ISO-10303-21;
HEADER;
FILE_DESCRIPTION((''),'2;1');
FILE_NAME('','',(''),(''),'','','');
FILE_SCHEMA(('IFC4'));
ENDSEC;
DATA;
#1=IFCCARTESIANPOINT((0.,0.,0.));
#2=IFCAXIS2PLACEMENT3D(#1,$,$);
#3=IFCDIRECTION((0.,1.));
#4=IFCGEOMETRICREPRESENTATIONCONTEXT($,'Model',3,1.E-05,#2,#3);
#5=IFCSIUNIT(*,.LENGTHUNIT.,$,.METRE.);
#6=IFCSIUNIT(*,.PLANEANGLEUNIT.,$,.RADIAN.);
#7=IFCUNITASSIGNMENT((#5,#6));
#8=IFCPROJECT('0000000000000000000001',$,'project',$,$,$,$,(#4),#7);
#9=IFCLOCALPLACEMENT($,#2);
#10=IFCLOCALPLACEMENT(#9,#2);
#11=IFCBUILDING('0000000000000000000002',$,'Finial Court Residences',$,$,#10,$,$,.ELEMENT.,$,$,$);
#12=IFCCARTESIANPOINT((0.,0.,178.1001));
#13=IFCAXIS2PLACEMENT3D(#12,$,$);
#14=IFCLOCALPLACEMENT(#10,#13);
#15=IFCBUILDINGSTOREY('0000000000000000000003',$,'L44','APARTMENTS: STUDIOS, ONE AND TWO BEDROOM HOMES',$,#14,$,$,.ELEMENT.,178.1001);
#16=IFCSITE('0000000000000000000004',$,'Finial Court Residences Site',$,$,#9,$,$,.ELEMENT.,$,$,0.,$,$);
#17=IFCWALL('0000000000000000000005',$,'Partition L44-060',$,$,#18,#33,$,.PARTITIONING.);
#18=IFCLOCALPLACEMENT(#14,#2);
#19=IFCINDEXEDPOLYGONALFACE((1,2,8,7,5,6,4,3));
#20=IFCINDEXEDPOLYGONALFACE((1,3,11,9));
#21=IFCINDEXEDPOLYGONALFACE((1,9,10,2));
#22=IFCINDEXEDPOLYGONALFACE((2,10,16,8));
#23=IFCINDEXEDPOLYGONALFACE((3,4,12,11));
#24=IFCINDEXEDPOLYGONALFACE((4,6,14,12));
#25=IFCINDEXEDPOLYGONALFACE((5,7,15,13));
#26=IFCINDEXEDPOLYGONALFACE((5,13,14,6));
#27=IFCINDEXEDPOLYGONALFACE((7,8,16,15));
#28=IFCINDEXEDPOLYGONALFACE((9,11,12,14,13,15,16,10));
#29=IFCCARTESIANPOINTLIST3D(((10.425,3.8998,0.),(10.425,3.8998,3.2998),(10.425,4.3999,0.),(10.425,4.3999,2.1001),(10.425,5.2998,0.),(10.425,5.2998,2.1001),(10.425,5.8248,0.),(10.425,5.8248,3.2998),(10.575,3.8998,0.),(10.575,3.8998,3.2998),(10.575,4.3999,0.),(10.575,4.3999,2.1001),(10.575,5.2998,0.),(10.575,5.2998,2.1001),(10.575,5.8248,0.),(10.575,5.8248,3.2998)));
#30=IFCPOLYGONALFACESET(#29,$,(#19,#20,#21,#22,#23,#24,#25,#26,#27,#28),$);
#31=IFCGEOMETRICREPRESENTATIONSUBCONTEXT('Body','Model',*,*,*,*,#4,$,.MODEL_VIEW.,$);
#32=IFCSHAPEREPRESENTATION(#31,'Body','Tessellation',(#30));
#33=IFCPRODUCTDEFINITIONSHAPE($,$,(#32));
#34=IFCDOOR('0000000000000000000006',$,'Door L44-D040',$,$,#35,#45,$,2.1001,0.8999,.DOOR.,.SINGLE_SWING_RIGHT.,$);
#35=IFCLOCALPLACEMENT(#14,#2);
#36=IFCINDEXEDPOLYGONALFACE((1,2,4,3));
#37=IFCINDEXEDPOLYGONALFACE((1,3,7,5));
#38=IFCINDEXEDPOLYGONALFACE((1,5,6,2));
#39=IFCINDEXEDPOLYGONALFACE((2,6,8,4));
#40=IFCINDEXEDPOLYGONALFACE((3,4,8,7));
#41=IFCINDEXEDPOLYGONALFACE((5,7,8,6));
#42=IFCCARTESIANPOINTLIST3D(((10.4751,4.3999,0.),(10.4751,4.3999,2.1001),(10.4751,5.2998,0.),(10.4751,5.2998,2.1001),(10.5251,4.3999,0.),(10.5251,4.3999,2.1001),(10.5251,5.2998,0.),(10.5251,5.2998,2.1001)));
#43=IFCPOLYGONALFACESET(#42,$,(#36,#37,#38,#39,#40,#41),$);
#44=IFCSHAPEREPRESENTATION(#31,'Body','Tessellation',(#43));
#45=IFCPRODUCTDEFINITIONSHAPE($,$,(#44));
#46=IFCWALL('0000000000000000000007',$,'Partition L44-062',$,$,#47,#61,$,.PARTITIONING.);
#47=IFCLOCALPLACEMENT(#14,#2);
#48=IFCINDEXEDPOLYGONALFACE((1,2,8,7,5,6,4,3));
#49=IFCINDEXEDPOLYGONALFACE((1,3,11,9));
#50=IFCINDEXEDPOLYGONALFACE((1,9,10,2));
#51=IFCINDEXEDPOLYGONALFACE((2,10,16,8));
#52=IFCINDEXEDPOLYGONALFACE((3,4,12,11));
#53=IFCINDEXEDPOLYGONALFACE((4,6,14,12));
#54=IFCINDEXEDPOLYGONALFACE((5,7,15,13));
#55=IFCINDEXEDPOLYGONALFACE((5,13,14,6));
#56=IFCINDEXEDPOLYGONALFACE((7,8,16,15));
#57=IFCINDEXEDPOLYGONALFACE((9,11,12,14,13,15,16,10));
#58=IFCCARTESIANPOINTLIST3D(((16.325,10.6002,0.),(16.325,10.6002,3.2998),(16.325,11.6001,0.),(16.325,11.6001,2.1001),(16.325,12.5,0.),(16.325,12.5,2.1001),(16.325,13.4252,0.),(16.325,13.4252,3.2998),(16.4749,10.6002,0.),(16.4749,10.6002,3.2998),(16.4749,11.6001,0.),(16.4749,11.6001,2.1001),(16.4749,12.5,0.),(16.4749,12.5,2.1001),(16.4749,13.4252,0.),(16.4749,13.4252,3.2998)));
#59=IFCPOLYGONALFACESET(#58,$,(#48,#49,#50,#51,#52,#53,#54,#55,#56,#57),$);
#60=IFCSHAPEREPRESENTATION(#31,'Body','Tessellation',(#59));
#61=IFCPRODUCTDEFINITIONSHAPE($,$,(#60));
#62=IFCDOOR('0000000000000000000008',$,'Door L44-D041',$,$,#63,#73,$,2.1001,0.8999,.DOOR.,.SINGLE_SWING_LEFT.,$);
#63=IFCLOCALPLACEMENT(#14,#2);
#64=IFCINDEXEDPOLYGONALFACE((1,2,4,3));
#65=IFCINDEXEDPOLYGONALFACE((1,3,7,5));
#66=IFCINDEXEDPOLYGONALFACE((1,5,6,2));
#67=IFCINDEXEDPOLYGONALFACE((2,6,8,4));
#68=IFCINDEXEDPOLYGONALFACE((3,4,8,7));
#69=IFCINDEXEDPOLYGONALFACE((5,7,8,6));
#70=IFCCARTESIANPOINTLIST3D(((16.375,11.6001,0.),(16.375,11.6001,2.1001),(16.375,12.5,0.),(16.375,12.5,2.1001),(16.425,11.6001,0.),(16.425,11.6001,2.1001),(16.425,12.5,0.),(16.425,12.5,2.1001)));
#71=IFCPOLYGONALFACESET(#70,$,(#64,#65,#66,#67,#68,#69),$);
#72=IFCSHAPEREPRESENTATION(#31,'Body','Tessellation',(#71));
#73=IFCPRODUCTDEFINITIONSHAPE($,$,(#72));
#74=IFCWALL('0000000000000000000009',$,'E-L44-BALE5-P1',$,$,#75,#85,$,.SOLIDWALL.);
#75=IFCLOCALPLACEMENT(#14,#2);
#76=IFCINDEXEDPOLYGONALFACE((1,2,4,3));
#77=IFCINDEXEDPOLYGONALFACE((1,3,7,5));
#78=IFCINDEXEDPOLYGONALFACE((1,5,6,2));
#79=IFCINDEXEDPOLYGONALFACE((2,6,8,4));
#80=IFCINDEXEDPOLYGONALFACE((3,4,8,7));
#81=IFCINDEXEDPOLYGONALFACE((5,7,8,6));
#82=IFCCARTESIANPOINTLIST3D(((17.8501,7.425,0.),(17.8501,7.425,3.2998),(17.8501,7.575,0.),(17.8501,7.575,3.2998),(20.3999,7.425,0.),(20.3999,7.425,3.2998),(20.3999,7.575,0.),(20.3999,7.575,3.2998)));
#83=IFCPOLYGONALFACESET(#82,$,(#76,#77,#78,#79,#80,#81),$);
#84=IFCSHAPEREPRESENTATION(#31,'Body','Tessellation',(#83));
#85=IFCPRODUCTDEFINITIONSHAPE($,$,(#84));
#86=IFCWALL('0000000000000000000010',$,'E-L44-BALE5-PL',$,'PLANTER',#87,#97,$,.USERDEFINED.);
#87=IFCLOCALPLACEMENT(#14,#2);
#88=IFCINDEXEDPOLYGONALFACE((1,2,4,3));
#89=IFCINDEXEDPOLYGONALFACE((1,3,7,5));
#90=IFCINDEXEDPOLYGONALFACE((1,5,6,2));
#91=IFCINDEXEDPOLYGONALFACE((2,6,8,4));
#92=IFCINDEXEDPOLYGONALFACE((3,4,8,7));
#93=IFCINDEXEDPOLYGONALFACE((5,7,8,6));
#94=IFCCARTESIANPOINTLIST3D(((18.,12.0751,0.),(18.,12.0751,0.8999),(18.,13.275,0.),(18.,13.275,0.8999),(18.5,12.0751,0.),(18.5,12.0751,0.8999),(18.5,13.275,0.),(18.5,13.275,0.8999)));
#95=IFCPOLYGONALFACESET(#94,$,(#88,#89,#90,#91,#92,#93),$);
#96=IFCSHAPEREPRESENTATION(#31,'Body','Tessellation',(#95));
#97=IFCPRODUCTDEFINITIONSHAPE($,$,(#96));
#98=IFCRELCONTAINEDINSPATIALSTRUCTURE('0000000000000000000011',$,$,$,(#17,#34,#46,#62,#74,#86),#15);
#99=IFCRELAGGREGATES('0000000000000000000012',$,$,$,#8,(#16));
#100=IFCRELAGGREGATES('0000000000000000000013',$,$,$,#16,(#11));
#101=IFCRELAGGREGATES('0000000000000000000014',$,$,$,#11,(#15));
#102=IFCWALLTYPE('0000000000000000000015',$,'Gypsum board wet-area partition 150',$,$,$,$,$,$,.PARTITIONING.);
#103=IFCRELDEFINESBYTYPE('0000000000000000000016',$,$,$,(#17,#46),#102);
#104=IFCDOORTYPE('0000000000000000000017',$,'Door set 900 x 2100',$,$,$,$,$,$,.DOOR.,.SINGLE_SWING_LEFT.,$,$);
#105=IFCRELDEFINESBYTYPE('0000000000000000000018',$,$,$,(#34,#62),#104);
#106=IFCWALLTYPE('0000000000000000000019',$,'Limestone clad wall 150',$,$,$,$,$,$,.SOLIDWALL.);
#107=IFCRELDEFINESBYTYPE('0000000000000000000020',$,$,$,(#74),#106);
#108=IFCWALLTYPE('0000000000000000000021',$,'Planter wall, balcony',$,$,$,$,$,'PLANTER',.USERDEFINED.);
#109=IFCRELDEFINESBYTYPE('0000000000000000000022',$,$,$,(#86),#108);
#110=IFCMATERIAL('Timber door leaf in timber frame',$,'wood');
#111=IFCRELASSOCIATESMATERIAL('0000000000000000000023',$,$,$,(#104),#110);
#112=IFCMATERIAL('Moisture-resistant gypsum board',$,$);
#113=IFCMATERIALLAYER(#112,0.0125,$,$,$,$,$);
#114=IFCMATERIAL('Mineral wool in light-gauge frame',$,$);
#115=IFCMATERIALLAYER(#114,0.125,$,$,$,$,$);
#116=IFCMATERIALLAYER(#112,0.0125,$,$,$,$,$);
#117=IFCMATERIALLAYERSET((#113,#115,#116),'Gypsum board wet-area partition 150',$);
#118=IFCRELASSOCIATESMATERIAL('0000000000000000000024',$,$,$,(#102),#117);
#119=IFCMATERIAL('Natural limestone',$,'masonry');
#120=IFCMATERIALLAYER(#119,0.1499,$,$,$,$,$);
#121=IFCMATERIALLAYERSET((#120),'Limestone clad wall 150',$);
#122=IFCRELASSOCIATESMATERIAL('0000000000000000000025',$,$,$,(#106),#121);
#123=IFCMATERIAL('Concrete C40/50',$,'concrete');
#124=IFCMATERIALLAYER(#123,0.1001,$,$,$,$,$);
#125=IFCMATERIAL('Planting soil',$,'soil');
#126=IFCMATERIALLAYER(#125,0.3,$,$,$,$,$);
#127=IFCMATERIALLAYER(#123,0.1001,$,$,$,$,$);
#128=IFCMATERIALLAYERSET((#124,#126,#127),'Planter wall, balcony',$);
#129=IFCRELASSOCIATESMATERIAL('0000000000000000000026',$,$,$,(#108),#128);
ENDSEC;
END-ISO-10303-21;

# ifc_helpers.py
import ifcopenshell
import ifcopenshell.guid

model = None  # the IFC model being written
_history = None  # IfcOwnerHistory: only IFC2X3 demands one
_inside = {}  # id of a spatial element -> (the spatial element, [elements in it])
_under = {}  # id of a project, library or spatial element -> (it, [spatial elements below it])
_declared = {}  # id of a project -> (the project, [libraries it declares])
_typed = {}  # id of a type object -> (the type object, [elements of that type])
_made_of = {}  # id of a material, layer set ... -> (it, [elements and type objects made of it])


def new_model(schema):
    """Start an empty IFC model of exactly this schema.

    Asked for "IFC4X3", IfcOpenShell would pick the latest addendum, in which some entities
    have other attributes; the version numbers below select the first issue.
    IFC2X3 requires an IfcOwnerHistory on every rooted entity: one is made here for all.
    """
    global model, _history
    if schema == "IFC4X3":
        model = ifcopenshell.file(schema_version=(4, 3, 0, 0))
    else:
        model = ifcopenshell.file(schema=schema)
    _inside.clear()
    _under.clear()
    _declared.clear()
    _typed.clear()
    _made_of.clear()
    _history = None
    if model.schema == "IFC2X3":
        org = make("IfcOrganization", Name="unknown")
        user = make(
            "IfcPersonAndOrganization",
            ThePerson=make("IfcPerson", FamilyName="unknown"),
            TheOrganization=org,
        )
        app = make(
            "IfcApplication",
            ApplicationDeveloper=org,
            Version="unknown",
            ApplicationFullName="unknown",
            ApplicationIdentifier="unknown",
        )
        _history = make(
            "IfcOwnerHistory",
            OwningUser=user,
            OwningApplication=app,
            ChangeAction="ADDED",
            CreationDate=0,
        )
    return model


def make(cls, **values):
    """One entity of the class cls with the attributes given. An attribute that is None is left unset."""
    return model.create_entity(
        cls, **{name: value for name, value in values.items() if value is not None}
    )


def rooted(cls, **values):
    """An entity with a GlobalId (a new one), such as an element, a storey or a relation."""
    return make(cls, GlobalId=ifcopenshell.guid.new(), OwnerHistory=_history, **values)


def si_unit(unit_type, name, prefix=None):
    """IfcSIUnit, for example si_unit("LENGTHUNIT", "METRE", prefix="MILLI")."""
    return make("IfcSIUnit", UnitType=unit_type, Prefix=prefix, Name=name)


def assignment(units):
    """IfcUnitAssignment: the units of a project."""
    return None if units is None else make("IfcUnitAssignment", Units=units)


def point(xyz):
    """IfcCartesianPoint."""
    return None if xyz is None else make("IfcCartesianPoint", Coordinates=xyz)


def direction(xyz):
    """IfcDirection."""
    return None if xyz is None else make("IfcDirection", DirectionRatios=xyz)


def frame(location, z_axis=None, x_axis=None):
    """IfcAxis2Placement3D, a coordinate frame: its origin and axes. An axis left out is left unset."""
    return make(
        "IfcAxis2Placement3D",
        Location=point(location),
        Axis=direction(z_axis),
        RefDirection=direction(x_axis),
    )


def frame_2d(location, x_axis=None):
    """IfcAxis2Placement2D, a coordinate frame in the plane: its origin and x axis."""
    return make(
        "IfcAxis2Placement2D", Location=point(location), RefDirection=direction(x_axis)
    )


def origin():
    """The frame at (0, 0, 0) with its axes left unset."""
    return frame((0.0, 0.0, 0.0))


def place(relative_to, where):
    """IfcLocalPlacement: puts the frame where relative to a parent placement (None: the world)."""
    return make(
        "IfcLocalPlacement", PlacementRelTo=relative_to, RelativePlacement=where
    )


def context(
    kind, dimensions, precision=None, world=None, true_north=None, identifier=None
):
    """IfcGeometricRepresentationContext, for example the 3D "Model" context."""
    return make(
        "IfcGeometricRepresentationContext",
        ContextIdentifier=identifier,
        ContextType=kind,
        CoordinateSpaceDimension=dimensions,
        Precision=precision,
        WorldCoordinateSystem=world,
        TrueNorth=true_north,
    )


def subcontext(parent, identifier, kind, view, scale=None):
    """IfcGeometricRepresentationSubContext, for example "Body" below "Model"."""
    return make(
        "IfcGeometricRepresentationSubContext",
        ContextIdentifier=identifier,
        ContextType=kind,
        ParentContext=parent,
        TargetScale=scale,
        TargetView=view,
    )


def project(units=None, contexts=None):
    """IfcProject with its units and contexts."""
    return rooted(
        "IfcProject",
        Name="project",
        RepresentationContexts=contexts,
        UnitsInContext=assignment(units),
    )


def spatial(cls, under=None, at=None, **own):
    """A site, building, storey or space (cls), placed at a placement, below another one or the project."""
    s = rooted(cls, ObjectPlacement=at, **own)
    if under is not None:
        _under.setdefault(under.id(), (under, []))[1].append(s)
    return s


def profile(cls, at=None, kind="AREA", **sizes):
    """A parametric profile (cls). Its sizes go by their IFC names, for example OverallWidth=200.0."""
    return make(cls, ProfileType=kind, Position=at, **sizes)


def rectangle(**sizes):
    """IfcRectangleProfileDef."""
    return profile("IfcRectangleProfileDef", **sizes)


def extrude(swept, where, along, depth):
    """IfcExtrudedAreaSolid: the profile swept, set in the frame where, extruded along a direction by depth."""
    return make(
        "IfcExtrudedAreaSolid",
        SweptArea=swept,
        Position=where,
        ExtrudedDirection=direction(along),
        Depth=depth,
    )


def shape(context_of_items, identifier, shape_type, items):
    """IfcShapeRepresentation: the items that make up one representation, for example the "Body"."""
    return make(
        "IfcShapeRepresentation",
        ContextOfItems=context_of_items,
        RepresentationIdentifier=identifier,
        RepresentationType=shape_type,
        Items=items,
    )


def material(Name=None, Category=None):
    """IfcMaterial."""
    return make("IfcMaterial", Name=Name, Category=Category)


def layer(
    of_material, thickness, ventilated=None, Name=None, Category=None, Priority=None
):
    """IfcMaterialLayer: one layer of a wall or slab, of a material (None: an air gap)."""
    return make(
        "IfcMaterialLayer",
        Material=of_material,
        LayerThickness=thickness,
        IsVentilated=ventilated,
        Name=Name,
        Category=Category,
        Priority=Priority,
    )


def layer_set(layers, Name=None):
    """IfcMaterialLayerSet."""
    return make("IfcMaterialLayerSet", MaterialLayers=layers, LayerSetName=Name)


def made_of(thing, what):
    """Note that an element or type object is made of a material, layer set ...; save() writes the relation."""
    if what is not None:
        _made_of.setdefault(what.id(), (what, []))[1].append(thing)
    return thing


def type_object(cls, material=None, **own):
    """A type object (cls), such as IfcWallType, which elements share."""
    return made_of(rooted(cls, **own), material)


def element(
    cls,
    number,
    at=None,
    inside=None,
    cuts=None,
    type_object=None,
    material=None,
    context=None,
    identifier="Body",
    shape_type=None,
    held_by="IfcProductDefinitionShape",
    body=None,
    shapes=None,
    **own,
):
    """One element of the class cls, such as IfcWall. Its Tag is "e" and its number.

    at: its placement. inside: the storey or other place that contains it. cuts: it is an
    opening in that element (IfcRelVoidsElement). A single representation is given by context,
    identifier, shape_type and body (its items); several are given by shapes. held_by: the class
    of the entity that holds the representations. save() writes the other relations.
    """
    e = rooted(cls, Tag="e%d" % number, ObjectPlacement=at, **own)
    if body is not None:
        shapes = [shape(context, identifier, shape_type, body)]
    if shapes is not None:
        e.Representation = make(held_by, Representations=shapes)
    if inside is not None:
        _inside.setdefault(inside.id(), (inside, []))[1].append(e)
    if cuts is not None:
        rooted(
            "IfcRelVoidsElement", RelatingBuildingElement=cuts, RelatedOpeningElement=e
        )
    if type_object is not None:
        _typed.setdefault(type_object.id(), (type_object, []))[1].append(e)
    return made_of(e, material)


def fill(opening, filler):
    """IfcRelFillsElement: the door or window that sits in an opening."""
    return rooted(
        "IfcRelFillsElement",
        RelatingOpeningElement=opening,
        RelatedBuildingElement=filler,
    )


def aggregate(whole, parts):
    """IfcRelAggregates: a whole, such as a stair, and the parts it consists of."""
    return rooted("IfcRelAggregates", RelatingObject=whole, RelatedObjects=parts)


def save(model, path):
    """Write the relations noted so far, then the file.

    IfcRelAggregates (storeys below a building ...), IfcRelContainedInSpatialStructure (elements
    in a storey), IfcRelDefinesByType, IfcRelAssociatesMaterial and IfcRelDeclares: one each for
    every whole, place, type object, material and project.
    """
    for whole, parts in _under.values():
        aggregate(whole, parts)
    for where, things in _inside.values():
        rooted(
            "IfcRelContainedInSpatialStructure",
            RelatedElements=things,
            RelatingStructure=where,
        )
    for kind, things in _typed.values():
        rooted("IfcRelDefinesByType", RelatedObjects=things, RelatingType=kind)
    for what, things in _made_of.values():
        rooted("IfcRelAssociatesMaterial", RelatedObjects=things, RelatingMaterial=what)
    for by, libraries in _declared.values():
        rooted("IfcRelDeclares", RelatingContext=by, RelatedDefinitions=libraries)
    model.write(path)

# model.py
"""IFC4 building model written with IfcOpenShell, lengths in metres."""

from ifc_helpers import new_model, si_unit, direction, frame, frame_2d, origin, place, context, subcontext, project, spatial, rectangle, extrude, material, layer, layer_set, type_object, element, fill, save


model = new_model("IFC4")

# Units and contexts
model_context = context("Model", 3, precision=1e-05, world=origin(), true_north=direction((0.0, 1.0)))
body_context = subcontext(model_context, "Body", "Model", "MODEL_VIEW")
ifc_project = project(units=[si_unit("LENGTHUNIT", "METRE"), si_unit("PLANEANGLEUNIT", "RADIAN")], contexts=[model_context])

# Site, building, storey
site_placement = place(None, origin())
site = spatial("IfcSite", under=ifc_project, at=site_placement, Name="Finial Court Residences Site", CompositionType="ELEMENT", RefElevation=0.0)
building_placement = place(site_placement, origin())
building = spatial("IfcBuilding", under=site, at=building_placement, Name="Finial Court Residences", CompositionType="ELEMENT")
storey_placement = place(building_placement, frame((0.0, 0.0, 178.1001)))
storey = spatial("IfcBuildingStorey", under=building, at=storey_placement, Name="L44", Description="APARTMENTS: STUDIOS, ONE AND TWO BEDROOM HOMES", CompositionType="ELEMENT", Elevation=178.1001)

# Walls, openings, doors
ifc_material_1 = material(Name="Mineral wool in light-gauge frame")
ifc_material_2 = material(Name="Timber door leaf in timber frame", Category="wood")
door_type_1 = type_object("IfcDoorType", Name="Door set 900 x 2100", OperationType="SINGLE_SWING_LEFT", PredefinedType="DOOR", material=ifc_material_2)
ifc_material_3 = material(Name="Moisture-resistant gypsum board")
ifc_layer_1 = layer(ifc_material_3, 0.0125)
ifc_layer_2 = layer(ifc_material_1, 0.125)
ifc_layer_3 = layer(ifc_material_3, 0.0125)
ifc_layer_set_1 = layer_set([ifc_layer_1, ifc_layer_2, ifc_layer_3], Name="Gypsum board wet-area partition 150")
wall_type_1 = type_object("IfcWallType", Name="Gypsum board wet-area partition 150", PredefinedType="PARTITIONING", material=ifc_layer_set_1)
wall_1_placement = place(storey_placement, frame((10.5, 3.8999, 0.0), z_axis=(0.0, 0.0, 1.0), x_axis=(0.0, 1.0, 0.0)))
wall_1 = element("IfcWall", 1, at=wall_1_placement, inside=storey, type_object=wall_type_1, Name="Partition L44-060", PredefinedType="PARTITIONING", context=body_context, shape_type="SweptSolid", body=[
    extrude(rectangle(XDim=1.925, YDim=0.1499, at=frame_2d((0.9624, 0.0))), origin(), (0.0, 0.0, 1.0), 3.2998),
])
opening_1_placement = place(wall_1_placement, frame((0.5, 0.0, 0.0)))
opening_1 = element("IfcOpeningElement", 2, at=opening_1_placement, cuts=wall_1, PredefinedType="OPENING", context=body_context, shape_type="SweptSolid", body=[
    extrude(rectangle(XDim=0.8999, YDim=2.1001, at=frame_2d((0.45, 1.05))), frame((0.0, 0.085, 0.0), z_axis=(0.0, -1.0, 0.0), x_axis=(1.0, 0.0, 0.0)), (0.0, 0.0, 1.0), 0.1699),
])
door_1_placement = place(opening_1_placement, origin())
door_1 = element("IfcDoor", 3, at=door_1_placement, inside=storey, type_object=door_type_1, Name="Door L44-D040", OperationType="SINGLE_SWING_RIGHT", OverallHeight=2.1001, OverallWidth=0.8999, PredefinedType="DOOR", context=body_context, shape_type="SweptSolid", body=[
    extrude(rectangle(XDim=0.8999, YDim=2.1001, at=frame_2d((0.45, 1.05))), frame((0.0, 0.0249, 0.0), z_axis=(0.0, -1.0, 0.0), x_axis=(1.0, 0.0, 0.0)), (0.0, 0.0, 1.0), 0.05),
])
fill(opening_1, door_1)
wall_2_placement = place(storey_placement, frame((16.3999, 10.6001, 0.0), z_axis=(0.0, 0.0, 1.0), x_axis=(0.0, 1.0, 0.0)))
wall_2 = element("IfcWall", 4, at=wall_2_placement, inside=storey, type_object=wall_type_1, Name="Partition L44-062", PredefinedType="PARTITIONING", context=body_context, shape_type="SweptSolid", body=[
    extrude(rectangle(XDim=2.825, YDim=0.1499, at=frame_2d((1.4126, 0.0))), origin(), (0.0, 0.0, 1.0), 3.2998),
])
opening_2_placement = place(wall_2_placement, frame((1.0, 0.0, 0.0)))
opening_2 = element("IfcOpeningElement", 5, at=opening_2_placement, cuts=wall_2, PredefinedType="OPENING", context=body_context, shape_type="SweptSolid", body=[
    extrude(rectangle(XDim=0.8999, YDim=2.1001, at=frame_2d((0.45, 1.05))), frame((0.0, 0.085, 0.0), z_axis=(0.0, -1.0, 0.0), x_axis=(1.0, 0.0, 0.0)), (0.0, 0.0, 1.0), 0.1699),
])
door_2_placement = place(opening_2_placement, origin())
door_2 = element("IfcDoor", 6, at=door_2_placement, inside=storey, type_object=door_type_1, Name="Door L44-D041", OperationType="SINGLE_SWING_LEFT", OverallHeight=2.1001, OverallWidth=0.8999, PredefinedType="DOOR", context=body_context, shape_type="SweptSolid", body=[
    extrude(rectangle(XDim=0.8999, YDim=2.1001, at=frame_2d((0.45, 1.05))), frame((0.0, 0.0249, 0.0), z_axis=(0.0, -1.0, 0.0), x_axis=(1.0, 0.0, 0.0)), (0.0, 0.0, 1.0), 0.05),
])
fill(opening_2, door_2)

# Wall
ifc_material_4 = material(Name="Natural limestone", Category="masonry")
ifc_layer_4 = layer(ifc_material_4, 0.1499)
ifc_layer_set_2 = layer_set([ifc_layer_4], Name="Limestone clad wall 150")
wall_type_2 = type_object("IfcWallType", Name="Limestone clad wall 150", PredefinedType="SOLIDWALL", material=ifc_layer_set_2)
wall_3_placement = place(storey_placement, frame((17.8501, 7.5, 0.0), z_axis=(0.0, 0.0, 1.0), x_axis=(1.0, 0.0, 0.0)))
element("IfcWall", 7, at=wall_3_placement, inside=storey, type_object=wall_type_2, Name="E-L44-BALE5-P1", PredefinedType="SOLIDWALL", context=body_context, shape_type="SweptSolid", body=[
    extrude(rectangle(XDim=2.5498, YDim=0.1499, at=frame_2d((1.2749, 0.0))), origin(), (0.0, 0.0, 1.0), 3.2998),
])

# Wall
ifc_material_5 = material(Name="Concrete C40/50", Category="concrete")
ifc_layer_5 = layer(ifc_material_5, 0.1001)
ifc_material_6 = material(Name="Planting soil", Category="soil")
ifc_layer_6 = layer(ifc_material_6, 0.3)
ifc_layer_7 = layer(ifc_material_5, 0.1001)
ifc_layer_set_3 = layer_set([ifc_layer_5, ifc_layer_6, ifc_layer_7], Name="Planter wall, balcony")
wall_type_3 = type_object("IfcWallType", Name="Planter wall, balcony", ElementType="PLANTER", PredefinedType="USERDEFINED", material=ifc_layer_set_3)
wall_4_placement = place(storey_placement, frame((18.25, 12.075, 0.0), z_axis=(0.0, 0.0, 1.0), x_axis=(0.0, 1.0, 0.0)))
element("IfcWall", 8, at=wall_4_placement, inside=storey, type_object=wall_type_3, Name="E-L44-BALE5-PL", ObjectType="PLANTER", PredefinedType="USERDEFINED", context=body_context, shape_type="SweptSolid", body=[
    extrude(rectangle(XDim=1.2, YDim=0.5, at=frame_2d((0.6001, 0.0))), origin(), (0.0, 0.0, 1.0), 0.8999),
])

save(model, "model.ifc")
